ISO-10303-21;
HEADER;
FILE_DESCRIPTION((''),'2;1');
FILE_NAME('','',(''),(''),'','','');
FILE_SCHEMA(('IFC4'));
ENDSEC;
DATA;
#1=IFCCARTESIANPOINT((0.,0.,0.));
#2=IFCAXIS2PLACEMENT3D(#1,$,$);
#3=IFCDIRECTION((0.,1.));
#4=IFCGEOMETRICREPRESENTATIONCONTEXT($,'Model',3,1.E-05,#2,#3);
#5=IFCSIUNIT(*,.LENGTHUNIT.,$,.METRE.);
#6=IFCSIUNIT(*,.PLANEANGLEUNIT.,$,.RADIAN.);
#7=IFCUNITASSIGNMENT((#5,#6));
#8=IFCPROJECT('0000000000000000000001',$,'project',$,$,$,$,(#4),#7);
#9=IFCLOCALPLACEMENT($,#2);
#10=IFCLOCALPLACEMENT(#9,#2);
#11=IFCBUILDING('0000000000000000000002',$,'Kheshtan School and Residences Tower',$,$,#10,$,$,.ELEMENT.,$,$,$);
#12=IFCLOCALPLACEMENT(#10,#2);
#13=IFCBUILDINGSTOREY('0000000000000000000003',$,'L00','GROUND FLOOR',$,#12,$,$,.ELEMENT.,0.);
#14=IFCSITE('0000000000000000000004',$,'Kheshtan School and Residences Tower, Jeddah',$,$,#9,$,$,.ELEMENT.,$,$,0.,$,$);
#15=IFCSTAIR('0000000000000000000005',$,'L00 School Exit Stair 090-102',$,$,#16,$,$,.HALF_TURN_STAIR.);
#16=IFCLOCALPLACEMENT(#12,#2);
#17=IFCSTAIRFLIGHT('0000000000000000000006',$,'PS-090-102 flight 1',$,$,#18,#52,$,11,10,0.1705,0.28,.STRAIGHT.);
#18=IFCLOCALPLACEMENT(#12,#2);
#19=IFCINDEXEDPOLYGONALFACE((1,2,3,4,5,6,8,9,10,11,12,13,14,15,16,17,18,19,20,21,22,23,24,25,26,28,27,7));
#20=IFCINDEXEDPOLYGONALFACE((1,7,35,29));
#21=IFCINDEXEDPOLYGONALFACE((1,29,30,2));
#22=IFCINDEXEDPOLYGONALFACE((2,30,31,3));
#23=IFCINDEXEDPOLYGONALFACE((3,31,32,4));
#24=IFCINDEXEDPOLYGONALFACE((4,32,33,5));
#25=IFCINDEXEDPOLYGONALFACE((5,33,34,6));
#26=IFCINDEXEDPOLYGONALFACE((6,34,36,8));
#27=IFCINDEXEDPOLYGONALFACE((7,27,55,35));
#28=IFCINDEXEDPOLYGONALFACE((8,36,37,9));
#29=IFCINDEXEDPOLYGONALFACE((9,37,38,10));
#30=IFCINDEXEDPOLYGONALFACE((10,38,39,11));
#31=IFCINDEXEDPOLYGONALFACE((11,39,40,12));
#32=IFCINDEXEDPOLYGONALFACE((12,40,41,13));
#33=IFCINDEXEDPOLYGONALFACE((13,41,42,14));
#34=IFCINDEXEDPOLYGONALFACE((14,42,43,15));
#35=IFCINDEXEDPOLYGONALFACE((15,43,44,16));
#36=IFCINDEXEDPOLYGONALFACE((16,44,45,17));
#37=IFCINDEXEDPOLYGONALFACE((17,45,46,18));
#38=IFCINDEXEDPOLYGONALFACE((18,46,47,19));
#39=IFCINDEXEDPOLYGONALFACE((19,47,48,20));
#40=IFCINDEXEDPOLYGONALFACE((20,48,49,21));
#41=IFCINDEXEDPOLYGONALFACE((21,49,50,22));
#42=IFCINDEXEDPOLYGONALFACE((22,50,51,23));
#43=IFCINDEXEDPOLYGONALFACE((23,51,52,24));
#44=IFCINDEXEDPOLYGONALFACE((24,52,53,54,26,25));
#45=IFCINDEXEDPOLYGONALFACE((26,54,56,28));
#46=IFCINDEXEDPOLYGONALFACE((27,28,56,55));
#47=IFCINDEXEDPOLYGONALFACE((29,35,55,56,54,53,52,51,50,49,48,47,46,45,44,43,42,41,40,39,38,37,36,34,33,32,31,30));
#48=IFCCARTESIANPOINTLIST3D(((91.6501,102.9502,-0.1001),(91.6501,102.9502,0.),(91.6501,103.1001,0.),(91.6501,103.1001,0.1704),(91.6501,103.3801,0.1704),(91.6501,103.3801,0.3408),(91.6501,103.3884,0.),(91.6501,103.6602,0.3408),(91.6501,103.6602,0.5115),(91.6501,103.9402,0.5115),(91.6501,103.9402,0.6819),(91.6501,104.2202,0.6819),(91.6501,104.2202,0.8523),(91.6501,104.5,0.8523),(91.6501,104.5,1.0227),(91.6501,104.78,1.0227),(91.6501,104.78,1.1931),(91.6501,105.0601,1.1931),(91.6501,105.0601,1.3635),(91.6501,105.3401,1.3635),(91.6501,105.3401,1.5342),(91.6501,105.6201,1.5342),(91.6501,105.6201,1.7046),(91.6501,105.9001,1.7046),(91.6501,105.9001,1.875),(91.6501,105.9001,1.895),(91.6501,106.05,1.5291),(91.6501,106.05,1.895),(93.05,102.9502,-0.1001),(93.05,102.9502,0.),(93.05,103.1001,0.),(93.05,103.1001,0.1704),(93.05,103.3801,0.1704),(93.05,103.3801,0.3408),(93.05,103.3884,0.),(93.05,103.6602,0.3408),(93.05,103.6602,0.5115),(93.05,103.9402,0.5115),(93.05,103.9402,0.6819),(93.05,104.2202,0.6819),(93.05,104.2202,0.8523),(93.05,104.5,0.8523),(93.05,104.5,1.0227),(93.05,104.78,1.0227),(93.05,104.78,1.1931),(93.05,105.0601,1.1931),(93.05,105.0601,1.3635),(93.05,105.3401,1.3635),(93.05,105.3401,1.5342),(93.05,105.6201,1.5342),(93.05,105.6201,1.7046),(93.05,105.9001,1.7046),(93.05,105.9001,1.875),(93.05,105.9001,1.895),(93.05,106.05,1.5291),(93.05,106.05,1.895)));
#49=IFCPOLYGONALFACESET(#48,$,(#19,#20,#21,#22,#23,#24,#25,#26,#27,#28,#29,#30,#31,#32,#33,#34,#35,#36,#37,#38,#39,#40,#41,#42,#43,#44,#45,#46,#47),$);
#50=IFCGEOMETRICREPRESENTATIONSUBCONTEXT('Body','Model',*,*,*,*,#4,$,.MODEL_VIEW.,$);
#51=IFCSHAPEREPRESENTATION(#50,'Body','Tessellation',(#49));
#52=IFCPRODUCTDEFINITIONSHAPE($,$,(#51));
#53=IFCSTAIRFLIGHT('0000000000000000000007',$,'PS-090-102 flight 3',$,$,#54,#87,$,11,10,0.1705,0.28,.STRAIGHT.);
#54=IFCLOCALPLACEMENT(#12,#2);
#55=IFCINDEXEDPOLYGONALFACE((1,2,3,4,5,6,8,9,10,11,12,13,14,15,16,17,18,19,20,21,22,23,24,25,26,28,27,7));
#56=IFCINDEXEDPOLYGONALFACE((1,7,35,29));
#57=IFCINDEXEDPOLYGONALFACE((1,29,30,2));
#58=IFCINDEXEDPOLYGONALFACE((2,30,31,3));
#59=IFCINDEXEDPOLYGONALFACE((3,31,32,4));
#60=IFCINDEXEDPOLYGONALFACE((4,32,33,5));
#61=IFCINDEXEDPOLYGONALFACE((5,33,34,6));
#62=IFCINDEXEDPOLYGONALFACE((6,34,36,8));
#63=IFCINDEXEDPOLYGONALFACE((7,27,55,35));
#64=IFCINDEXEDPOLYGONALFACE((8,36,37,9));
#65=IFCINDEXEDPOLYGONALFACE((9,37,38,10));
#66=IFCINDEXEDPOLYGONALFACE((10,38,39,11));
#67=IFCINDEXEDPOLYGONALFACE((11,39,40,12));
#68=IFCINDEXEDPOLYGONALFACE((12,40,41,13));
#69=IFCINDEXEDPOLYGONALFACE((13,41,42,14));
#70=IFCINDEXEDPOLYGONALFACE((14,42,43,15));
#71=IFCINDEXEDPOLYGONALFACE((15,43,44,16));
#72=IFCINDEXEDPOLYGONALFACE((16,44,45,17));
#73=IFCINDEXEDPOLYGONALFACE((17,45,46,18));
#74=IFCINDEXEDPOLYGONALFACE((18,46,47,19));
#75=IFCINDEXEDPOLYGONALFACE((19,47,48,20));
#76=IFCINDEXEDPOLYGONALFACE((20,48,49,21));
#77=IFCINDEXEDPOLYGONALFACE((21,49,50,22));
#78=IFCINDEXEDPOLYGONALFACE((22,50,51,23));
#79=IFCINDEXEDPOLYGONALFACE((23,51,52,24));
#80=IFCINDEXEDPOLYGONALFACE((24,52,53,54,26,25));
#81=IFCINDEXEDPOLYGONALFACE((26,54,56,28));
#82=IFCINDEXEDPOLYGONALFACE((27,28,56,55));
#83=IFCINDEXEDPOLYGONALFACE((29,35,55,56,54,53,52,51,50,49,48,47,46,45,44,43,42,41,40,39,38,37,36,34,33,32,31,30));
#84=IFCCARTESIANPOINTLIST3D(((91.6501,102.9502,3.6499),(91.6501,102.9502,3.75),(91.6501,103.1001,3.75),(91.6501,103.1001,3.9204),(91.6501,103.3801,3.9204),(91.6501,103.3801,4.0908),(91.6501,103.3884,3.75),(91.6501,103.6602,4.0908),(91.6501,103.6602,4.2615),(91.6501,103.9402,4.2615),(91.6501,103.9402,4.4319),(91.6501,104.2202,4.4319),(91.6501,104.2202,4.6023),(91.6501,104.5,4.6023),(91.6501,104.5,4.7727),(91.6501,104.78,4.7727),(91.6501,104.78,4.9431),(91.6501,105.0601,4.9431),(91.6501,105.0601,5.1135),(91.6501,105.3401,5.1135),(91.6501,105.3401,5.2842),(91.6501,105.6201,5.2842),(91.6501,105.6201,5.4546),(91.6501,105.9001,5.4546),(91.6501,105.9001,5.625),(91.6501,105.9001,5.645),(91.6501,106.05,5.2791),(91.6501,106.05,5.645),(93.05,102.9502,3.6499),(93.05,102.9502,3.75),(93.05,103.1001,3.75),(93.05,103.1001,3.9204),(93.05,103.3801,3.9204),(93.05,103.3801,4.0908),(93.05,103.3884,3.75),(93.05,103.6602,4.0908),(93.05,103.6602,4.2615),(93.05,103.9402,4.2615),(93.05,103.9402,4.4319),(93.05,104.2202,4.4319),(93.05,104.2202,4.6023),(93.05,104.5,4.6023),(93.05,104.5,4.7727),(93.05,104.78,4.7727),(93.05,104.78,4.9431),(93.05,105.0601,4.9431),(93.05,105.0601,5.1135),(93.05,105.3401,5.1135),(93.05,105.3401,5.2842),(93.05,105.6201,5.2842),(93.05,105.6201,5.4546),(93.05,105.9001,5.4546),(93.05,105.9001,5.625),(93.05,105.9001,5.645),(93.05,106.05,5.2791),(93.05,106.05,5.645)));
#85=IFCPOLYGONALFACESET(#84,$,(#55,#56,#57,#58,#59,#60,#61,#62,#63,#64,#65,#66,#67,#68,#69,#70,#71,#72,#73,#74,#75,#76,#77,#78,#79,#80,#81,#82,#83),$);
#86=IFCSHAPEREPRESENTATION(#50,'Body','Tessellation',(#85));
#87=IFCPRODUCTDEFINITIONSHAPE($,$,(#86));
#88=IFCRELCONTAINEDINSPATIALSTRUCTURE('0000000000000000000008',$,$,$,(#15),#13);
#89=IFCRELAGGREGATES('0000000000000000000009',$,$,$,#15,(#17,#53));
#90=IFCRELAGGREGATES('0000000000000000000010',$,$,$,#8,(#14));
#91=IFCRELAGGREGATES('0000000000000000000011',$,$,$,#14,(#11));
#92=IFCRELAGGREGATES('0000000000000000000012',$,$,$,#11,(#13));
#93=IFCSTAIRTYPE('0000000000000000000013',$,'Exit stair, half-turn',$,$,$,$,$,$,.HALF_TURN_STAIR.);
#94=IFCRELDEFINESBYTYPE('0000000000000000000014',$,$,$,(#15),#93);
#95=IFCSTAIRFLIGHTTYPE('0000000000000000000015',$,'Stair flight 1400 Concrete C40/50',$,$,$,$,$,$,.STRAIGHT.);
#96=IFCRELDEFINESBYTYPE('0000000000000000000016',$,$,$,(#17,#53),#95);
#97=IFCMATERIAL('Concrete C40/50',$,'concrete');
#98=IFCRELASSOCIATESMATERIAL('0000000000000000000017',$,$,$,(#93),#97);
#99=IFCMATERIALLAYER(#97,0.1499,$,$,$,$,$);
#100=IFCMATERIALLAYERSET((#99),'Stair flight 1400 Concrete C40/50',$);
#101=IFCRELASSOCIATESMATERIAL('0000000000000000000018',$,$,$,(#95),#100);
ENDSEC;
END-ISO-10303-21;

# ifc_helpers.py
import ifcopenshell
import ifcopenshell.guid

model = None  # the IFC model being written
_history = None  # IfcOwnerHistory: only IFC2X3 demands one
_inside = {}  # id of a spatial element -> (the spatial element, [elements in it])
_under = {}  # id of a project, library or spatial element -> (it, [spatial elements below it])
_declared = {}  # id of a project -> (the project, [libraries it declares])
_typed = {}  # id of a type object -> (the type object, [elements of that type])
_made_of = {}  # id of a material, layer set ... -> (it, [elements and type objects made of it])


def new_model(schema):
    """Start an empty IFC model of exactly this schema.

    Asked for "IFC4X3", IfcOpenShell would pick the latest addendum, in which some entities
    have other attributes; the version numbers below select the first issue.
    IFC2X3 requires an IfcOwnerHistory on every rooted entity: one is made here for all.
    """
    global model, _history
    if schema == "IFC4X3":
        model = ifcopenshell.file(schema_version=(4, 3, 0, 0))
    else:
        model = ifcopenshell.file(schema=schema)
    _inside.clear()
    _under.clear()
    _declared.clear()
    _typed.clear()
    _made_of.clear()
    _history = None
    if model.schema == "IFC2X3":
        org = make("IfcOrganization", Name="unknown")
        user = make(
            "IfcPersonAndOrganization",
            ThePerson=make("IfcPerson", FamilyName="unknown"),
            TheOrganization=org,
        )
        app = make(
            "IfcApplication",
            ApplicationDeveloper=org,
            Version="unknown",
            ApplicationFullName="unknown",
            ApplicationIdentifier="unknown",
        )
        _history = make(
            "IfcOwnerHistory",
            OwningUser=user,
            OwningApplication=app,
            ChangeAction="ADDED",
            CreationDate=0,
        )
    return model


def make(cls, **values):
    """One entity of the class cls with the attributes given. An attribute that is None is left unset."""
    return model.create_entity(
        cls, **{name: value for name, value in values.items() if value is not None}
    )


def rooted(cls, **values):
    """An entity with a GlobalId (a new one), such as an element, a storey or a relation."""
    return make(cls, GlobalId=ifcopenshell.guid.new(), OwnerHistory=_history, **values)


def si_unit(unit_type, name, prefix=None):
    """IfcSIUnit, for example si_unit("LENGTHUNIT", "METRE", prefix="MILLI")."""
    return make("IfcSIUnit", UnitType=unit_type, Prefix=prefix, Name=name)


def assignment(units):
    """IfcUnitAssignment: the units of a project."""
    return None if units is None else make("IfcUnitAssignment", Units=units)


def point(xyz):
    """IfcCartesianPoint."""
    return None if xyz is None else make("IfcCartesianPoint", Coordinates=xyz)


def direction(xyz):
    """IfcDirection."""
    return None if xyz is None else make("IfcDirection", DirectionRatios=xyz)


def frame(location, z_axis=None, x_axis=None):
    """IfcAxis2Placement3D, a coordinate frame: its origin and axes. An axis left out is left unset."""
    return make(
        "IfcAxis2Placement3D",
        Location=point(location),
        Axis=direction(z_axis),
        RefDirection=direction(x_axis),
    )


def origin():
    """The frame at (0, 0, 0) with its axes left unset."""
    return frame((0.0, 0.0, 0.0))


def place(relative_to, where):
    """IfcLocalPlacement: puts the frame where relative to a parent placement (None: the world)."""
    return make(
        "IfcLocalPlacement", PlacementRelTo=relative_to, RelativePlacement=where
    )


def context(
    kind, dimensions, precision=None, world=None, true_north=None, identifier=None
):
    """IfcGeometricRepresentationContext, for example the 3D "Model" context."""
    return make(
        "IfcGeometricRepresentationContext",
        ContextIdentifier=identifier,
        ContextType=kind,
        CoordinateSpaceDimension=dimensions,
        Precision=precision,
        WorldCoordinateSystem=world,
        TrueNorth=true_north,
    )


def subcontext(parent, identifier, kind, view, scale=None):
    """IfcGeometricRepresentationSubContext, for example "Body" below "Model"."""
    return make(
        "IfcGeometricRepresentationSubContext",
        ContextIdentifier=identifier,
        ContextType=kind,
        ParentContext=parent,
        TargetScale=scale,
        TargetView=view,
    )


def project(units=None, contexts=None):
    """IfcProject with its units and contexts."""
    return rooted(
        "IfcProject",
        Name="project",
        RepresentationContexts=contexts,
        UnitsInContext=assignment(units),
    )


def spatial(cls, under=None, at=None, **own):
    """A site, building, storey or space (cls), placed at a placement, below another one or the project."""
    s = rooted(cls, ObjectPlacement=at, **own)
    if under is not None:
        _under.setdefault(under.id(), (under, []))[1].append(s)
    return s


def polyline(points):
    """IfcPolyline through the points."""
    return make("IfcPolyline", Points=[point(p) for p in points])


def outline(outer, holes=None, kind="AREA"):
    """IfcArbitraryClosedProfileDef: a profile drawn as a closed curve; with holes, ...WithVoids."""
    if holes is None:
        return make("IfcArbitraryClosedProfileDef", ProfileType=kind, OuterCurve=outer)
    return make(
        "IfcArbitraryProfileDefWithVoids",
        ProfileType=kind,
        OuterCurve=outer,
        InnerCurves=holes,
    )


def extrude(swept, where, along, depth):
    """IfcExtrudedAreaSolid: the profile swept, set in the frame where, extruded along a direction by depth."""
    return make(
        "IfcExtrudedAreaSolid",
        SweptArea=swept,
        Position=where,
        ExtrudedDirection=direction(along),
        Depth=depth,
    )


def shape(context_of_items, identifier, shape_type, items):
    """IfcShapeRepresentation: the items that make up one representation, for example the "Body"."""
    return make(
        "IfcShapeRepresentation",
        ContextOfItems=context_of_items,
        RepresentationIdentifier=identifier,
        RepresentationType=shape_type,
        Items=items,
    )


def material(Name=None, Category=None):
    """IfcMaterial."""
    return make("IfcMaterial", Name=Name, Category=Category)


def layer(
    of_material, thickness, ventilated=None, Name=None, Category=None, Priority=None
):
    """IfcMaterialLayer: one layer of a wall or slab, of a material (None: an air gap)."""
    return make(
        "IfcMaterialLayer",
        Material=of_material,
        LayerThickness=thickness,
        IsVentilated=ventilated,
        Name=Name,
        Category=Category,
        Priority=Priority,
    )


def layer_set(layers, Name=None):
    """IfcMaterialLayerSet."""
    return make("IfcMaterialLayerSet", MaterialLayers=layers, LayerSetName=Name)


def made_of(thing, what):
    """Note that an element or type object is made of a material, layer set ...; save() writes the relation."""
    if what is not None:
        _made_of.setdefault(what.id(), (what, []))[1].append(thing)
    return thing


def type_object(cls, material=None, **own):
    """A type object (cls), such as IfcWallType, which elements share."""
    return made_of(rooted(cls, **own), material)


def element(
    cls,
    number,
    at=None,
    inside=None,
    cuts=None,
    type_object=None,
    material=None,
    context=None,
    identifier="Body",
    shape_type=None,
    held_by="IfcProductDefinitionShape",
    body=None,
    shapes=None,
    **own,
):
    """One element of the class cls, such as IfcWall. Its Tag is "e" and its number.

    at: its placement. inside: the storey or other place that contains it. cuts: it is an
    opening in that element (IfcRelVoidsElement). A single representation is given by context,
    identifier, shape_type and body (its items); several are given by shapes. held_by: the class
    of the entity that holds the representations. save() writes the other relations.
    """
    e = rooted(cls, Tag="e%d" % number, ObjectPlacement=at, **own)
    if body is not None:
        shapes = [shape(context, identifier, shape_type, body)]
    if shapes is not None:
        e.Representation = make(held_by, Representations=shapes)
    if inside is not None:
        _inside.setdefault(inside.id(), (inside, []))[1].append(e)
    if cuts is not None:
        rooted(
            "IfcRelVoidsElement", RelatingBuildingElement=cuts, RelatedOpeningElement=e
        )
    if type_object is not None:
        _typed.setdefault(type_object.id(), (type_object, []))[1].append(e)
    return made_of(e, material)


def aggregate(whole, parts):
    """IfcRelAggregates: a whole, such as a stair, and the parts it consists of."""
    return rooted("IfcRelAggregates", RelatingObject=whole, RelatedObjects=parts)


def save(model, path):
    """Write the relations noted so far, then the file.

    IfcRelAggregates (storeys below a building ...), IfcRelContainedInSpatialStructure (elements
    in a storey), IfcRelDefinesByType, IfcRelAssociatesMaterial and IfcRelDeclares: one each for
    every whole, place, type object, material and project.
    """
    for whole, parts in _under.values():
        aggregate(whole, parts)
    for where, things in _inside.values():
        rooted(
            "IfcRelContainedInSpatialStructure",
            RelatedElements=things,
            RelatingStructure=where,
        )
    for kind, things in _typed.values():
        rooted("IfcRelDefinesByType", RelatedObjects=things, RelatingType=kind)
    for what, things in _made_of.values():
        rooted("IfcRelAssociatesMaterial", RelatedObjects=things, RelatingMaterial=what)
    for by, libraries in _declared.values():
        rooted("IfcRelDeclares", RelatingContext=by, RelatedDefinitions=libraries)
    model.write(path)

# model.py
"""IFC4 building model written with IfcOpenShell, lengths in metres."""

from ifc_helpers import new_model, si_unit, direction, frame, origin, place, context, subcontext, project, spatial, polyline, outline, extrude, material, layer, layer_set, type_object, element, aggregate, save


model = new_model("IFC4")

# Units and contexts
model_context = context("Model", 3, precision=1e-05, world=origin(), true_north=direction((0.0, 1.0)))
body_context = subcontext(model_context, "Body", "Model", "MODEL_VIEW")
ifc_project = project(units=[si_unit("LENGTHUNIT", "METRE"), si_unit("PLANEANGLEUNIT", "RADIAN")], contexts=[model_context])

# Site, building, storey
site_placement = place(None, origin())
site = spatial("IfcSite", under=ifc_project, at=site_placement, Name="Kheshtan School and Residences Tower, Jeddah", CompositionType="ELEMENT", RefElevation=0.0)
building_placement = place(site_placement, origin())
building = spatial("IfcBuilding", under=site, at=building_placement, Name="Kheshtan School and Residences Tower", CompositionType="ELEMENT")
storey_placement = place(building_placement, origin())
storey = spatial("IfcBuildingStorey", under=building, at=storey_placement, Name="L00", Description="GROUND FLOOR", CompositionType="ELEMENT", Elevation=0.0)

# Shared definitions
ifc_material_1 = material(Name="Concrete C40/50", Category="concrete")

# Stair, stair flights
stair_type = type_object("IfcStairType", Name="Exit stair, half-turn", PredefinedType="HALF_TURN_STAIR", material=ifc_material_1)
stair_placement = place(storey_placement, origin())
stair = element("IfcStair", 1, at=stair_placement, inside=storey, type_object=stair_type, Name="L00 School Exit Stair 090-102", PredefinedType="HALF_TURN_STAIR")
ifc_layer_1 = layer(ifc_material_1, 0.1499)
ifc_layer_set_1 = layer_set([ifc_layer_1], Name="Stair flight 1400 Concrete C40/50")
stair_flight_type = type_object("IfcStairFlightType", Name="Stair flight 1400 Concrete C40/50", PredefinedType="STRAIGHT", material=ifc_layer_set_1)
stair_flight_1_placement = place(storey_placement, frame((92.3501, 103.1001, 0.0), z_axis=(0.0, 0.0, 1.0), x_axis=(0.0, 1.0, 0.0)))
stair_flight_1 = element("IfcStairFlight", 2, at=stair_flight_1_placement, type_object=stair_flight_type, Name="PS-090-102 flight 1", NumberOfRisers=11, NumberOfTreads=10, PredefinedType="STRAIGHT", RiserHeight=0.1705, TreadLength=0.28, context=body_context, shape_type="SweptSolid", body=[
    extrude(outline(polyline([(-0.1499, -0.1001), (-0.1499, 0.0), (0.0, 0.0), (0.0, 0.1704), (0.28, 0.1704), (0.28, 0.3408), (0.5601, 0.3408), (0.5601, 0.5115), (0.8401, 0.5115), (0.8401, 0.6819), (1.1201, 0.6819), (1.1201, 0.8523), (1.3999, 0.8523), (1.3999, 1.0227), (1.6799, 1.0227), (1.6799, 1.1931), (1.96, 1.1931), (1.96, 1.3635), (2.24, 1.3635), (2.24, 1.5342), (2.52, 1.5342), (2.52, 1.7046), (2.8, 1.7046), (2.8, 1.875), (2.8, 1.895), (2.95, 1.895), (2.95, 1.5291), (0.2883, 0.0), (-0.1499, -0.1001)])), frame((0.0, 0.7, 0.0), z_axis=(0.0, -1.0, 0.0), x_axis=(1.0, 0.0, 0.0)), (0.0, 0.0, 1.0), 1.3999),
])
stair_flight_2_placement = place(storey_placement, frame((92.3501, 103.1001, 3.75), z_axis=(0.0, 0.0, 1.0), x_axis=(0.0, 1.0, 0.0)))
stair_flight_2 = element("IfcStairFlight", 3, at=stair_flight_2_placement, type_object=stair_flight_type, Name="PS-090-102 flight 3", NumberOfRisers=11, NumberOfTreads=10, PredefinedType="STRAIGHT", RiserHeight=0.1705, TreadLength=0.28, context=body_context, shape_type="SweptSolid", body=[
    extrude(outline(polyline([(-0.1499, -0.1001), (-0.1499, 0.0), (0.0, 0.0), (0.0, 0.1704), (0.28, 0.1704), (0.28, 0.3408), (0.5601, 0.3408), (0.5601, 0.5115), (0.8401, 0.5115), (0.8401, 0.6819), (1.1201, 0.6819), (1.1201, 0.8523), (1.3999, 0.8523), (1.3999, 1.0227), (1.6799, 1.0227), (1.6799, 1.1931), (1.96, 1.1931), (1.96, 1.3635), (2.24, 1.3635), (2.24, 1.5342), (2.52, 1.5342), (2.52, 1.7046), (2.8, 1.7046), (2.8, 1.875), (2.8, 1.895), (2.95, 1.895), (2.95, 1.5291), (0.2883, 0.0), (-0.1499, -0.1001)])), frame((0.0, 0.7, 0.0), z_axis=(0.0, -1.0, 0.0), x_axis=(1.0, 0.0, 0.0)), (0.0, 0.0, 1.0), 1.3999),
])
aggregate(stair, [stair_flight_1, stair_flight_2])

save(model, "model.ifc")
